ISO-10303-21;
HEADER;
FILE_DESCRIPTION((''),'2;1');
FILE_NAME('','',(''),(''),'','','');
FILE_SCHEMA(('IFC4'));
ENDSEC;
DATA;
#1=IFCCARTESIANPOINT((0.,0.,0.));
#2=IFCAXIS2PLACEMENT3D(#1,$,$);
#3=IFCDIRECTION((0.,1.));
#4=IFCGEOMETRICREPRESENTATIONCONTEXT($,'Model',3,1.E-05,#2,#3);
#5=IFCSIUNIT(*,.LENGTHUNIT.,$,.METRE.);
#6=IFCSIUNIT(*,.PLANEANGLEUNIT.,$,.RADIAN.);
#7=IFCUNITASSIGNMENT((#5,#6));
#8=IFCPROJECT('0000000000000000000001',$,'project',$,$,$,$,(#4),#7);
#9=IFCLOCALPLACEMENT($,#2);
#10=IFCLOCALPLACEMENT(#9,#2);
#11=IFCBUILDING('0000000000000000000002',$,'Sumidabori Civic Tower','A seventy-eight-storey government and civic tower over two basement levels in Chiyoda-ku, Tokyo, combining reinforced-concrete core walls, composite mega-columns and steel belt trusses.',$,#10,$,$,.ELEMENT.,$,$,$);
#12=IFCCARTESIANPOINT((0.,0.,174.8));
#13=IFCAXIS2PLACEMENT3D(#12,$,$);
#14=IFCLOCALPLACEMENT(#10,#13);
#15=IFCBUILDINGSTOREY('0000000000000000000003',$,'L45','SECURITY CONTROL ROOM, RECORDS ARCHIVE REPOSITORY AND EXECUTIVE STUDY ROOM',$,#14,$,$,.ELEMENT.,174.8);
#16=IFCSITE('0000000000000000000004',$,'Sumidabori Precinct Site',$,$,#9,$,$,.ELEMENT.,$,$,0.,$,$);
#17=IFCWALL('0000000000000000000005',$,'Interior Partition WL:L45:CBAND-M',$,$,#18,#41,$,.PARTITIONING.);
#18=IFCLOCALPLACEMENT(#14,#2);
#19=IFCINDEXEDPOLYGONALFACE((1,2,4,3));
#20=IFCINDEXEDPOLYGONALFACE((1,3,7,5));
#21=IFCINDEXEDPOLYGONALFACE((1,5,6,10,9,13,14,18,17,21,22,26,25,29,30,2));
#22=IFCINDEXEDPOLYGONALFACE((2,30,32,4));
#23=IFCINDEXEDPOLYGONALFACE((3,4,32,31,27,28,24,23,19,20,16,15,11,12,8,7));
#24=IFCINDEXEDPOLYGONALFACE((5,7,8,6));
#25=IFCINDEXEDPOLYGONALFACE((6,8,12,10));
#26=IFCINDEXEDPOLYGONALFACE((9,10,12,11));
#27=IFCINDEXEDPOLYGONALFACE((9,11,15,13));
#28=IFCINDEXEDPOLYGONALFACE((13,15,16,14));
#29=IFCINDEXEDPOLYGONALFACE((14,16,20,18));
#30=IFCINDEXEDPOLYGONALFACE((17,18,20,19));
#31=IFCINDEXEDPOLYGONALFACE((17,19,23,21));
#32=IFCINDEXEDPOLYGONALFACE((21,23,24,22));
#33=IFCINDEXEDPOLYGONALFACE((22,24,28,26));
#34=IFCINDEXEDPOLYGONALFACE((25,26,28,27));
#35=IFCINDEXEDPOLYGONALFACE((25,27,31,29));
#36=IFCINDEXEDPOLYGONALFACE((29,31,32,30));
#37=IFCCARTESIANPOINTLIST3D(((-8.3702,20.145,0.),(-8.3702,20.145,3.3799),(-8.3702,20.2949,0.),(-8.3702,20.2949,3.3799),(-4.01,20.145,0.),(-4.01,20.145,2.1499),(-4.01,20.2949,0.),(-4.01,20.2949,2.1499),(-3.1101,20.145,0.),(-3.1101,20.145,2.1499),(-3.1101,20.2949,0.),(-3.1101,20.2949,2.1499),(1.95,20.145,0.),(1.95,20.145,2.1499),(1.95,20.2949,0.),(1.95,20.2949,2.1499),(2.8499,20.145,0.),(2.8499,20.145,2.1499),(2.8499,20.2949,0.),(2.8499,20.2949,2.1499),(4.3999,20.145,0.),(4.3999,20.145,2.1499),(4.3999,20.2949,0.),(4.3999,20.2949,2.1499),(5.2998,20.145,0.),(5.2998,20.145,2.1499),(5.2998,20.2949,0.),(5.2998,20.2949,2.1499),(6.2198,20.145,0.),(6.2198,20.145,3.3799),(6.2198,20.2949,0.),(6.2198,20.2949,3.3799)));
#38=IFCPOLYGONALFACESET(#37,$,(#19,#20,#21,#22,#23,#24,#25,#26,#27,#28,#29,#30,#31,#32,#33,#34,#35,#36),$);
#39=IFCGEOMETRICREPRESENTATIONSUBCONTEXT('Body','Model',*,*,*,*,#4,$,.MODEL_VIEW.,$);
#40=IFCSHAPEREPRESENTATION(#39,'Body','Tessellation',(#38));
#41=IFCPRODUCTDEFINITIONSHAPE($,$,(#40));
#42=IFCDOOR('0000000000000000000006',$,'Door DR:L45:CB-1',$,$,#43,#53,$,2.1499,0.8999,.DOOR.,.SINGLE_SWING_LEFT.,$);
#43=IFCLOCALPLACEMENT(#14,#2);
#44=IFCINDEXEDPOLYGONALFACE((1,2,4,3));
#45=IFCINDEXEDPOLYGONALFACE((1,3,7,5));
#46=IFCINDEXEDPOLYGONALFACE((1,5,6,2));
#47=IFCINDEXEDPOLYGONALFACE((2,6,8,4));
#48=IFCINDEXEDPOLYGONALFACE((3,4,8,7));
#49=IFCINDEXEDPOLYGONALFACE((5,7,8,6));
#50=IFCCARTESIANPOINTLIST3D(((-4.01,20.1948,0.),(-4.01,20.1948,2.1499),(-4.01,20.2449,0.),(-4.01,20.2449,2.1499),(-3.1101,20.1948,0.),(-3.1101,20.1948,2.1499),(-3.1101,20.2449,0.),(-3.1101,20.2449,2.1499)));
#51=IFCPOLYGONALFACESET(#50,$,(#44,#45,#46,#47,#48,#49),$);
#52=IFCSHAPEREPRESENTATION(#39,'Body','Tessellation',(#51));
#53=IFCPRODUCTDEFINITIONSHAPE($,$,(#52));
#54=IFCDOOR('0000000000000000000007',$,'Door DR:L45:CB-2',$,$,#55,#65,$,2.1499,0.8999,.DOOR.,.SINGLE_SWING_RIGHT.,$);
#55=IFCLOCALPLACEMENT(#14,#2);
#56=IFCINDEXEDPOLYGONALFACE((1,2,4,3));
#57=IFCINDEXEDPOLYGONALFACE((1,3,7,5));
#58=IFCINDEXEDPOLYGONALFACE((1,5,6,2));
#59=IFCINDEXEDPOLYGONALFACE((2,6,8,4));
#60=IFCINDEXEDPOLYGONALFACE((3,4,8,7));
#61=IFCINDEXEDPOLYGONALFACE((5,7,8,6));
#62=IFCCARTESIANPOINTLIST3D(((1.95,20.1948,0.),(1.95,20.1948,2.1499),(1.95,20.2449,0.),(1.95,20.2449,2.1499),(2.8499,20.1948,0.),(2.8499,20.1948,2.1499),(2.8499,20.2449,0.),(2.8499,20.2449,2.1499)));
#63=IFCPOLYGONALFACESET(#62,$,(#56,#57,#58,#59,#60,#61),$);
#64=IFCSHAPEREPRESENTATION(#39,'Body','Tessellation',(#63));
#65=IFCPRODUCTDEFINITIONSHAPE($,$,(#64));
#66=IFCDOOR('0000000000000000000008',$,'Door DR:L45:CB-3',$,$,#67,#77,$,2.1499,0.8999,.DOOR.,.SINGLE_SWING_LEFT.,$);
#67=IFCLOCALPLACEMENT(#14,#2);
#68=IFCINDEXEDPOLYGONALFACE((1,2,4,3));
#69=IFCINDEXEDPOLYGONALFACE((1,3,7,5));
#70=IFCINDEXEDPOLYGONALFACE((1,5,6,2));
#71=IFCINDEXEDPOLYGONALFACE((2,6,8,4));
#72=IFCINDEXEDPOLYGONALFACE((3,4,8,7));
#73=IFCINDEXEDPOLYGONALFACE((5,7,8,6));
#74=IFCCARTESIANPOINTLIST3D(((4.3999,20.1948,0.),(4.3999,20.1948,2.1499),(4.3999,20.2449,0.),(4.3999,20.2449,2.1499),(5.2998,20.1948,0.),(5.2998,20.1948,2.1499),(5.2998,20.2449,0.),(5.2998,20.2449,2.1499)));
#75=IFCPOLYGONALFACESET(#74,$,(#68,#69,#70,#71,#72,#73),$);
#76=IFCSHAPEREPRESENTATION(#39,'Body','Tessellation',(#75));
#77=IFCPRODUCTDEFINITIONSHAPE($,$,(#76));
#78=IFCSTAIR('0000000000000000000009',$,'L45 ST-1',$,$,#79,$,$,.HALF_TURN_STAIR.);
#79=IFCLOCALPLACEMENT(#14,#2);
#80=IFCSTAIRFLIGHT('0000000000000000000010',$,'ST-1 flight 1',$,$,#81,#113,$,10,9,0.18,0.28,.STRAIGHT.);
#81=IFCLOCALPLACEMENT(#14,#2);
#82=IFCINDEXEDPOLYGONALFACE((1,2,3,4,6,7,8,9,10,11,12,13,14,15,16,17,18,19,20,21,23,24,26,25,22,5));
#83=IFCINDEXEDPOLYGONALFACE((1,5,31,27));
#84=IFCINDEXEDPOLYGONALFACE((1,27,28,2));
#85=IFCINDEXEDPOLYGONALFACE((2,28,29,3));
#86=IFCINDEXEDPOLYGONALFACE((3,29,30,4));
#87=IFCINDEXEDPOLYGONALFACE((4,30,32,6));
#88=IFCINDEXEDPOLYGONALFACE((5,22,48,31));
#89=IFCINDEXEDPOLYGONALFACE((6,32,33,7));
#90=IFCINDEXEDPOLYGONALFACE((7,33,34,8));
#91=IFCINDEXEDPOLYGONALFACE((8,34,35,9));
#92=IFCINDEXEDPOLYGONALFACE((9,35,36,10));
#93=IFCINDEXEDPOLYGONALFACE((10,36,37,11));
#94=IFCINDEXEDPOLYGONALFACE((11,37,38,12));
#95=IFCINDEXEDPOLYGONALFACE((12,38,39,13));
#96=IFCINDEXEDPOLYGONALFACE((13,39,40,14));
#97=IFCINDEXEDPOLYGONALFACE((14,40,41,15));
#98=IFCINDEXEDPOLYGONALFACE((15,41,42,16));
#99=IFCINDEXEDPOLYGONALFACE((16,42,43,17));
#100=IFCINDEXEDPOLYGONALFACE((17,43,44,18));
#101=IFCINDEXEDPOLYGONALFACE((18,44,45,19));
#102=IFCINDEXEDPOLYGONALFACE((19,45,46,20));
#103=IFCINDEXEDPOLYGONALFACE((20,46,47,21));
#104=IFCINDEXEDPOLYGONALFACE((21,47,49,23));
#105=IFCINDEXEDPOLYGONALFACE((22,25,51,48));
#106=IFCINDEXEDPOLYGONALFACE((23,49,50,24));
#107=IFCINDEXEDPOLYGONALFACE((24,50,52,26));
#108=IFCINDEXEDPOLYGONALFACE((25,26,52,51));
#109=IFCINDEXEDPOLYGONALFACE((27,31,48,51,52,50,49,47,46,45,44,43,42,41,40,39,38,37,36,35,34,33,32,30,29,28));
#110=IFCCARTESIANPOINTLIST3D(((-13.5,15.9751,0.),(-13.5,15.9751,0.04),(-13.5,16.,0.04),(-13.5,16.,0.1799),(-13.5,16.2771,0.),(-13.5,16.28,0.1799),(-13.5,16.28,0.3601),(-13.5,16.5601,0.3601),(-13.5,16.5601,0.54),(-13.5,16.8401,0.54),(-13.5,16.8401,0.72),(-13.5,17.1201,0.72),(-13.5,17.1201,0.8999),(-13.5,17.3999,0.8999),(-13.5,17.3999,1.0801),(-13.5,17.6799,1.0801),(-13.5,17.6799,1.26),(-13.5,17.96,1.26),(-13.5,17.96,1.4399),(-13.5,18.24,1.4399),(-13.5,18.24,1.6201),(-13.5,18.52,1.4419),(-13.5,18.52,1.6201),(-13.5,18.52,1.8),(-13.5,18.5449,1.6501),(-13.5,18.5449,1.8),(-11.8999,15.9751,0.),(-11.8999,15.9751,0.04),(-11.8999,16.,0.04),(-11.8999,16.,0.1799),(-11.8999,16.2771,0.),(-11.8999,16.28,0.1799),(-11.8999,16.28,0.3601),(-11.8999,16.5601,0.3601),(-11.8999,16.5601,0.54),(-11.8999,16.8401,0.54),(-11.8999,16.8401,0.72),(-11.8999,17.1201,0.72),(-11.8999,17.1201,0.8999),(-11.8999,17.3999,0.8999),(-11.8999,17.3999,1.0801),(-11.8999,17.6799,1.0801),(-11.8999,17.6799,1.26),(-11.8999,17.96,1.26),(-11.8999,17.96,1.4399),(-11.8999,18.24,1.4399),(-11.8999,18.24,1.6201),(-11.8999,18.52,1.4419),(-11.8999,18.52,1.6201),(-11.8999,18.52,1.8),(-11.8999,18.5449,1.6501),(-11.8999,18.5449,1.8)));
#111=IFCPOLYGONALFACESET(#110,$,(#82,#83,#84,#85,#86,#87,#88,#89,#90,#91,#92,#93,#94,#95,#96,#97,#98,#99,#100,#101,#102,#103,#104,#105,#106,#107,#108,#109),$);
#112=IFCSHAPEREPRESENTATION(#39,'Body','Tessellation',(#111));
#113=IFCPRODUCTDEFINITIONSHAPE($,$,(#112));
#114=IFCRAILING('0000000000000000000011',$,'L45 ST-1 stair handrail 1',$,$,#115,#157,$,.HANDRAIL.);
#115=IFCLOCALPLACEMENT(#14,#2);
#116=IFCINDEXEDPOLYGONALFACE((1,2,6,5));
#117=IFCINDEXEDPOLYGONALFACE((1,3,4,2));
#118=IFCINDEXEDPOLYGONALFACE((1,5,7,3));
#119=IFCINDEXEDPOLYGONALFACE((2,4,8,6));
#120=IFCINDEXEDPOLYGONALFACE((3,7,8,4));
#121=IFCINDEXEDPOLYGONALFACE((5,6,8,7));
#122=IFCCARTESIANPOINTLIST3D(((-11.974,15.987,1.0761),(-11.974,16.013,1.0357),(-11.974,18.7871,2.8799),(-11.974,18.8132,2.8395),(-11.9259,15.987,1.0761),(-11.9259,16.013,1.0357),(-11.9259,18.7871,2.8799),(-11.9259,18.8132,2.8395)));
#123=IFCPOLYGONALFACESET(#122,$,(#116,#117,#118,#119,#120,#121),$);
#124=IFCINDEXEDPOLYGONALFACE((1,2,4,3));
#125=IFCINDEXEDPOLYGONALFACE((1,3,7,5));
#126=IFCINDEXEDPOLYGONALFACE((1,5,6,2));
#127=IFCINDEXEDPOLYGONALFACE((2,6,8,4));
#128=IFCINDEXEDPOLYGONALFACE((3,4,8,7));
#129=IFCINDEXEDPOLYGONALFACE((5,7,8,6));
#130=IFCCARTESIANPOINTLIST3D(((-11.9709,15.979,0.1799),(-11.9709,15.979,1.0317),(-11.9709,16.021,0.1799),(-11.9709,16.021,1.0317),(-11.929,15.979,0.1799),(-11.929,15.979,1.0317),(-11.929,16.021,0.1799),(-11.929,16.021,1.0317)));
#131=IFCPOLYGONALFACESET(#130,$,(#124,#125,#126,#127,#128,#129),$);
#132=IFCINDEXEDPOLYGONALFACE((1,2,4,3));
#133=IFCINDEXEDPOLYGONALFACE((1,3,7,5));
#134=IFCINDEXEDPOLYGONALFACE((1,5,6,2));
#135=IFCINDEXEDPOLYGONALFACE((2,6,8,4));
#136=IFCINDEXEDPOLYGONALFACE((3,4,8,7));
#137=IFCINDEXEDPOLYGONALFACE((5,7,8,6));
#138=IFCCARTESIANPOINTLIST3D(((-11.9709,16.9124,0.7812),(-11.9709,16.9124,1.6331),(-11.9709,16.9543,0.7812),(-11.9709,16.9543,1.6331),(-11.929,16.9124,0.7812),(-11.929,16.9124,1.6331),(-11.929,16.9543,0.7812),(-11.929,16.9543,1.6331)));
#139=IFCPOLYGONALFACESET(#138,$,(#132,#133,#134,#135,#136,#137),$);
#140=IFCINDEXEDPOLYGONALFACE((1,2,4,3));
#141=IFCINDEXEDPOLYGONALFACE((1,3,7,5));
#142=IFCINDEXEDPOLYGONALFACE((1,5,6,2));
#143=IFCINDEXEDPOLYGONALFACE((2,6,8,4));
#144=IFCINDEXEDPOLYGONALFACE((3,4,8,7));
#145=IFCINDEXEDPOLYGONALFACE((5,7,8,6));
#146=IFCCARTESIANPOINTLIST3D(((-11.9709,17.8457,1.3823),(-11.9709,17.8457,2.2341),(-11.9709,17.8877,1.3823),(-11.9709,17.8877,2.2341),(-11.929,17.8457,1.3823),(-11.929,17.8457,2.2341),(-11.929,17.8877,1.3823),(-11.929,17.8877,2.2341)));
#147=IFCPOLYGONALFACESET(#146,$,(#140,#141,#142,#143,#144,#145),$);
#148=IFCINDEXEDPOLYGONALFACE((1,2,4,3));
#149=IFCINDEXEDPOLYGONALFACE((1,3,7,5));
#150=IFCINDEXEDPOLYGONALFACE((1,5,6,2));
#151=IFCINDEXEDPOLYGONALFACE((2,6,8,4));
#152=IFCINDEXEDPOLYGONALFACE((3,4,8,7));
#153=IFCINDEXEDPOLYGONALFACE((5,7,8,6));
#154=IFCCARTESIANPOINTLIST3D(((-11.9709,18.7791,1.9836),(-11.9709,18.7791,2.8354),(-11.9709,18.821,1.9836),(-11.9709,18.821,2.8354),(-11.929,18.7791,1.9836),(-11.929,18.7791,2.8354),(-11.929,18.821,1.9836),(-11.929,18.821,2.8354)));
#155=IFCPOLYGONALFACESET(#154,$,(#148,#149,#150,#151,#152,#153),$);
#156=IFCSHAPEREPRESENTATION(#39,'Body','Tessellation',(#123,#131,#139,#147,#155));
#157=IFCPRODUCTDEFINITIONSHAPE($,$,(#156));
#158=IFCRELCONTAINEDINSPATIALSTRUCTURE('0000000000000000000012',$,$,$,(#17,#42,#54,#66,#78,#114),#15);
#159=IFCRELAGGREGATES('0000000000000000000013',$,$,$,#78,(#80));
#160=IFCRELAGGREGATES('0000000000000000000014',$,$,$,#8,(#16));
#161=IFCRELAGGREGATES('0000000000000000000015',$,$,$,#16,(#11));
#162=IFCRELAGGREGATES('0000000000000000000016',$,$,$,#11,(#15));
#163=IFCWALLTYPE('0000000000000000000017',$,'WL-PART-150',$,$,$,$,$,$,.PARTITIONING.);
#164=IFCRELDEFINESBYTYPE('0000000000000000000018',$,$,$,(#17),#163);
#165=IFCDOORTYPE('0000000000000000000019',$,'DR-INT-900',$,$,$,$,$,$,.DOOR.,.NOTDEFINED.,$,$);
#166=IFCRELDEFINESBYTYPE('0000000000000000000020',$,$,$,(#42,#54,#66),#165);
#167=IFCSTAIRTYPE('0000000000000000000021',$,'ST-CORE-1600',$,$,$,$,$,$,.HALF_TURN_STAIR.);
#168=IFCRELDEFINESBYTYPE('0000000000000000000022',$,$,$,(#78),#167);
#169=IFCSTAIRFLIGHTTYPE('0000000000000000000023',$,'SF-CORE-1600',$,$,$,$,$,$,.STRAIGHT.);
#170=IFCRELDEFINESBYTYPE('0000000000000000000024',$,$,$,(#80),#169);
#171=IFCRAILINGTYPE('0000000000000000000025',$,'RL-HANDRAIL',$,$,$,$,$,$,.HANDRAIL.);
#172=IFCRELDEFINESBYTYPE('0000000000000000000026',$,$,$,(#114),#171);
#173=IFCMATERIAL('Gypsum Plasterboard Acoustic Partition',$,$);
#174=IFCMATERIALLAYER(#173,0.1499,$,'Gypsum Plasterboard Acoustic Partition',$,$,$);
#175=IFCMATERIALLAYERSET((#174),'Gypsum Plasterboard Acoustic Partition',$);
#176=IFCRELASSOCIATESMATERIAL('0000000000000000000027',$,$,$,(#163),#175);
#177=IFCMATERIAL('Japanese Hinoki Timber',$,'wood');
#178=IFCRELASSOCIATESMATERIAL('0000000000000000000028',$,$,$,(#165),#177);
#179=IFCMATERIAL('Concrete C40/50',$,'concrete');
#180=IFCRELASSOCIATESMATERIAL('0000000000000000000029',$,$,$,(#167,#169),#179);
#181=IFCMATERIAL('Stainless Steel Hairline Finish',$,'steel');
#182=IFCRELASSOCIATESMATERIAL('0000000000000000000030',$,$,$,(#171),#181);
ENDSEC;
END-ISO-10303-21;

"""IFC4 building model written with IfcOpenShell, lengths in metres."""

from ifc_helpers import new_model, si_unit, direction, frame, frame_2d, origin, origin_2d, place, context, subcontext, project, spatial, polyline, rectangle, outline, extrude, source, transform, mapped, material, layer, layer_set, type_object, element, fill, aggregate, save


model = new_model("IFC4")

# Units and contexts
model_context = context("Model", 3, precision=1e-05, world=origin(), true_north=direction((0.0, 1.0)))
body_context = subcontext(model_context, "Body", "Model", "MODEL_VIEW")
ifc_project = project(units=[si_unit("LENGTHUNIT", "METRE"), si_unit("PLANEANGLEUNIT", "RADIAN")], contexts=[model_context])

# Site, building, storey
site_placement = place(None, origin())
site = spatial("IfcSite", under=ifc_project, at=site_placement, Name="Sumidabori Precinct Site", CompositionType="ELEMENT", RefElevation=0.0)
building_placement = place(site_placement, origin())
building = spatial("IfcBuilding", under=site, at=building_placement, Name="Sumidabori Civic Tower", Description="A seventy-eight-storey government and civic tower over two basement levels in Chiyoda-ku, Tokyo, combining reinforced-concrete core walls, composite mega-columns and steel belt trusses.", CompositionType="ELEMENT")
storey_placement = place(building_placement, frame((0.0, 0.0, 174.8)))
storey = spatial("IfcBuildingStorey", under=building, at=storey_placement, Name="L45", Description="SECURITY CONTROL ROOM, RECORDS ARCHIVE REPOSITORY AND EXECUTIVE STUDY ROOM", CompositionType="ELEMENT", Elevation=174.8)

# Shared definitions
ifc_material_1 = material(Name="Gypsum Plasterboard Acoustic Partition")
ifc_layer_1 = layer(ifc_material_1, 0.1499, Name="Gypsum Plasterboard Acoustic Partition")
ifc_layer_set_1 = layer_set([ifc_layer_1], Name="Gypsum Plasterboard Acoustic Partition")
wall_type_1 = type_object("IfcWallType", Name="WL-PART-150", PredefinedType="PARTITIONING", material=ifc_layer_set_1)

# Wall, openings, doors
shared_shape_1 = source(origin(), body_context, "Body", "SweptSolid", [
    extrude(rectangle(XDim=14.5901, YDim=0.1499, at=frame_2d((7.2949, 0.0))), origin(), (0.0, 0.0, 1.0), 3.3799),
])
wall_1_placement = place(storey_placement, frame((-8.3701, 20.22, 0.0), z_axis=(0.0, 0.0, 1.0), x_axis=(1.0, 0.0, 0.0)))
wall_1 = element("IfcWall", 1, at=wall_1_placement, inside=storey, type_object=wall_type_1, Name="Interior Partition WL:L45:CBAND-M", PredefinedType="PARTITIONING", context=body_context, shape_type="MappedRepresentation", body=[
    mapped(shared_shape_1, transform((0.0, 0.0, 0.0), x_axis=(1.0, 0.0, 0.0), y_axis=(0.0, 1.0, 0.0), z_axis=(0.0, 0.0, 1.0), scale=1.0)),
])
opening_1_placement = place(wall_1_placement, frame((4.3601, 0.0, 0.0)))
opening_1 = element("IfcOpeningElement", 2, at=opening_1_placement, cuts=wall_1, PredefinedType="OPENING", context=body_context, shape_type="SweptSolid", body=[
    extrude(rectangle(XDim=0.8999, YDim=2.1499, at=frame_2d((0.45, 1.075))), frame((0.0, 0.0869, 0.0), z_axis=(0.0, -1.0, 0.0), x_axis=(1.0, 0.0, 0.0)), (0.0, 0.0, 1.0), 0.1738),
])
opening_2_placement = place(wall_1_placement, frame((10.3201, 0.0, 0.0)))
opening_2 = element("IfcOpeningElement", 3, at=opening_2_placement, cuts=wall_1, PredefinedType="OPENING", context=body_context, shape_type="SweptSolid", body=[
    extrude(rectangle(XDim=0.8999, YDim=2.1499, at=frame_2d((0.45, 1.075))), frame((0.0, 0.0869, 0.0), z_axis=(0.0, -1.0, 0.0), x_axis=(1.0, 0.0, 0.0)), (0.0, 0.0, 1.0), 0.1738),
])
opening_3_placement = place(wall_1_placement, frame((12.77, 0.0, 0.0)))
opening_3 = element("IfcOpeningElement", 4, at=opening_3_placement, cuts=wall_1, PredefinedType="OPENING", context=body_context, shape_type="SweptSolid", body=[
    extrude(rectangle(XDim=0.8999, YDim=2.1499, at=frame_2d((0.45, 1.075))), frame((0.0, 0.0869, 0.0), z_axis=(0.0, -1.0, 0.0), x_axis=(1.0, 0.0, 0.0)), (0.0, 0.0, 1.0), 0.1738),
])
ifc_material_2 = material(Name="Japanese Hinoki Timber", Category="wood")
door_type = type_object("IfcDoorType", Name="DR-INT-900", OperationType="NOTDEFINED", PredefinedType="DOOR", material=ifc_material_2)
shared_shape_2 = source(origin(), body_context, "Body", "SweptSolid", [
    extrude(rectangle(XDim=0.8999, YDim=2.1499, at=frame_2d((0.45, 1.075))), frame((0.0, 0.0249, 0.0), z_axis=(0.0, -1.0, 0.0), x_axis=(1.0, 0.0, 0.0)), (0.0, 0.0, 1.0), 0.05),
])
door_1_placement = place(opening_1_placement, origin())
door_1 = element("IfcDoor", 5, at=door_1_placement, inside=storey, type_object=door_type, Name="Door DR:L45:CB-1", OperationType="SINGLE_SWING_LEFT", OverallHeight=2.1499, OverallWidth=0.8999, PredefinedType="DOOR", context=body_context, shape_type="MappedRepresentation", body=[
    mapped(shared_shape_2, transform((0.0, 0.0, 0.0), x_axis=(1.0, 0.0, 0.0), y_axis=(0.0, 1.0, 0.0), z_axis=(0.0, 0.0, 1.0), scale=1.0)),
])
fill(opening_1, door_1)
door_2_placement = place(opening_2_placement, origin())
door_2 = element("IfcDoor", 6, at=door_2_placement, inside=storey, type_object=door_type, Name="Door DR:L45:CB-2", OperationType="SINGLE_SWING_RIGHT", OverallHeight=2.1499, OverallWidth=0.8999, PredefinedType="DOOR", context=body_context, shape_type="MappedRepresentation", body=[
    mapped(shared_shape_2, transform((0.0, 0.0, 0.0), x_axis=(1.0, 0.0, 0.0), y_axis=(0.0, 1.0, 0.0), z_axis=(0.0, 0.0, 1.0), scale=1.0)),
])
fill(opening_2, door_2)
door_3_placement = place(opening_3_placement, origin())
door_3 = element("IfcDoor", 7, at=door_3_placement, inside=storey, type_object=door_type, Name="Door DR:L45:CB-3", OperationType="SINGLE_SWING_LEFT", OverallHeight=2.1499, OverallWidth=0.8999, PredefinedType="DOOR", context=body_context, shape_type="MappedRepresentation", body=[
    mapped(shared_shape_2, transform((0.0, 0.0, 0.0), x_axis=(1.0, 0.0, 0.0), y_axis=(0.0, 1.0, 0.0), z_axis=(0.0, 0.0, 1.0), scale=1.0)),
])
fill(opening_3, door_3)

# Stair, stair flight
ifc_material_3 = material(Name="Concrete C40/50", Category="concrete")
stair_type = type_object("IfcStairType", Name="ST-CORE-1600", PredefinedType="HALF_TURN_STAIR", material=ifc_material_3)
stair_placement = place(storey_placement, origin())
stair = element("IfcStair", 8, at=stair_placement, inside=storey, type_object=stair_type, Name="L45 ST-1", PredefinedType="HALF_TURN_STAIR")
stair_flight_type = type_object("IfcStairFlightType", Name="SF-CORE-1600", PredefinedType="STRAIGHT", material=ifc_material_3)
shared_shape_3 = source(origin(), body_context, "Body", "SweptSolid", [
    extrude(outline(polyline([(-0.0249, 0.0), (-0.0249, 0.04), (0.0, 0.04), (0.0, 0.1799), (0.28, 0.1799), (0.28, 0.3601), (0.5601, 0.3601), (0.5601, 0.54), (0.8401, 0.54), (0.8401, 0.72), (1.1201, 0.72), (1.1201, 0.8999), (1.3999, 0.8999), (1.3999, 1.0801), (1.6799, 1.0801), (1.6799, 1.26), (1.96, 1.26), (1.96, 1.4399), (2.24, 1.4399), (2.24, 1.6201), (2.52, 1.6201), (2.52, 1.8), (2.5449, 1.8), (2.5449, 1.6501), (2.52, 1.4419), (0.2771, 0.0), (-0.0249, 0.0)])), frame((0.0, 0.8, 0.0), z_axis=(0.0, -1.0, 0.0), x_axis=(1.0, 0.0, 0.0)), (0.0, 0.0, 1.0), 1.6001),
])
stair_flight_placement = place(storey_placement, frame((-12.7, 16.0, 0.0), z_axis=(0.0, 0.0, 1.0), x_axis=(0.0, 1.0, 0.0)))
stair_flight = element("IfcStairFlight", 9, at=stair_flight_placement, type_object=stair_flight_type, Name="ST-1 flight 1", NumberOfRisers=10, NumberOfTreads=9, PredefinedType="STRAIGHT", RiserHeight=0.18, TreadLength=0.28, context=body_context, shape_type="MappedRepresentation", body=[
    mapped(shared_shape_3, transform((0.0, 0.0, 0.0), x_axis=(1.0, 0.0, 0.0), y_axis=(0.0, 1.0, 0.0), z_axis=(0.0, 0.0, 1.0), scale=1.0)),
])
aggregate(stair, [stair_flight])

# Railing
ifc_material_4 = material(Name="Stainless Steel Hairline Finish", Category="steel")
railing_type_1 = type_object("IfcRailingType", Name="RL-HANDRAIL", PredefinedType="HANDRAIL", material=ifc_material_4)
railing_1_placement = place(storey_placement, frame((-11.95, 16.0, 0.1799)))
element("IfcRailing", 10, at=railing_1_placement, inside=storey, type_object=railing_type_1, Name="L45 ST-1 stair handrail 1", PredefinedType="HANDRAIL", context=body_context, shape_type="SweptSolid", body=[
    extrude(rectangle(XDim=0.0481, YDim=0.0481, at=origin_2d()), frame((0.0, 0.0, 0.876), z_axis=(0.0, 0.840676, 0.541539), x_axis=(-1.0, 0.0, 0.0)), (0.0, 0.0, 1.0), 3.3308),
    extrude(rectangle(XDim=0.042, YDim=0.042, at=origin_2d()), origin(), (0.0, 0.0, 1.0), 0.8518),
    extrude(rectangle(XDim=0.042, YDim=0.042, at=origin_2d()), frame((0.0, 0.9333, 0.6013)), (0.0, 0.0, 1.0), 0.8518),
    extrude(rectangle(XDim=0.042, YDim=0.042, at=origin_2d()), frame((0.0, 1.8667, 1.2024)), (0.0, 0.0, 1.0), 0.8518),
    extrude(rectangle(XDim=0.042, YDim=0.042, at=origin_2d()), frame((0.0, 2.8, 1.8037)), (0.0, 0.0, 1.0), 0.8518),
])

save(model, "model.ifc")
